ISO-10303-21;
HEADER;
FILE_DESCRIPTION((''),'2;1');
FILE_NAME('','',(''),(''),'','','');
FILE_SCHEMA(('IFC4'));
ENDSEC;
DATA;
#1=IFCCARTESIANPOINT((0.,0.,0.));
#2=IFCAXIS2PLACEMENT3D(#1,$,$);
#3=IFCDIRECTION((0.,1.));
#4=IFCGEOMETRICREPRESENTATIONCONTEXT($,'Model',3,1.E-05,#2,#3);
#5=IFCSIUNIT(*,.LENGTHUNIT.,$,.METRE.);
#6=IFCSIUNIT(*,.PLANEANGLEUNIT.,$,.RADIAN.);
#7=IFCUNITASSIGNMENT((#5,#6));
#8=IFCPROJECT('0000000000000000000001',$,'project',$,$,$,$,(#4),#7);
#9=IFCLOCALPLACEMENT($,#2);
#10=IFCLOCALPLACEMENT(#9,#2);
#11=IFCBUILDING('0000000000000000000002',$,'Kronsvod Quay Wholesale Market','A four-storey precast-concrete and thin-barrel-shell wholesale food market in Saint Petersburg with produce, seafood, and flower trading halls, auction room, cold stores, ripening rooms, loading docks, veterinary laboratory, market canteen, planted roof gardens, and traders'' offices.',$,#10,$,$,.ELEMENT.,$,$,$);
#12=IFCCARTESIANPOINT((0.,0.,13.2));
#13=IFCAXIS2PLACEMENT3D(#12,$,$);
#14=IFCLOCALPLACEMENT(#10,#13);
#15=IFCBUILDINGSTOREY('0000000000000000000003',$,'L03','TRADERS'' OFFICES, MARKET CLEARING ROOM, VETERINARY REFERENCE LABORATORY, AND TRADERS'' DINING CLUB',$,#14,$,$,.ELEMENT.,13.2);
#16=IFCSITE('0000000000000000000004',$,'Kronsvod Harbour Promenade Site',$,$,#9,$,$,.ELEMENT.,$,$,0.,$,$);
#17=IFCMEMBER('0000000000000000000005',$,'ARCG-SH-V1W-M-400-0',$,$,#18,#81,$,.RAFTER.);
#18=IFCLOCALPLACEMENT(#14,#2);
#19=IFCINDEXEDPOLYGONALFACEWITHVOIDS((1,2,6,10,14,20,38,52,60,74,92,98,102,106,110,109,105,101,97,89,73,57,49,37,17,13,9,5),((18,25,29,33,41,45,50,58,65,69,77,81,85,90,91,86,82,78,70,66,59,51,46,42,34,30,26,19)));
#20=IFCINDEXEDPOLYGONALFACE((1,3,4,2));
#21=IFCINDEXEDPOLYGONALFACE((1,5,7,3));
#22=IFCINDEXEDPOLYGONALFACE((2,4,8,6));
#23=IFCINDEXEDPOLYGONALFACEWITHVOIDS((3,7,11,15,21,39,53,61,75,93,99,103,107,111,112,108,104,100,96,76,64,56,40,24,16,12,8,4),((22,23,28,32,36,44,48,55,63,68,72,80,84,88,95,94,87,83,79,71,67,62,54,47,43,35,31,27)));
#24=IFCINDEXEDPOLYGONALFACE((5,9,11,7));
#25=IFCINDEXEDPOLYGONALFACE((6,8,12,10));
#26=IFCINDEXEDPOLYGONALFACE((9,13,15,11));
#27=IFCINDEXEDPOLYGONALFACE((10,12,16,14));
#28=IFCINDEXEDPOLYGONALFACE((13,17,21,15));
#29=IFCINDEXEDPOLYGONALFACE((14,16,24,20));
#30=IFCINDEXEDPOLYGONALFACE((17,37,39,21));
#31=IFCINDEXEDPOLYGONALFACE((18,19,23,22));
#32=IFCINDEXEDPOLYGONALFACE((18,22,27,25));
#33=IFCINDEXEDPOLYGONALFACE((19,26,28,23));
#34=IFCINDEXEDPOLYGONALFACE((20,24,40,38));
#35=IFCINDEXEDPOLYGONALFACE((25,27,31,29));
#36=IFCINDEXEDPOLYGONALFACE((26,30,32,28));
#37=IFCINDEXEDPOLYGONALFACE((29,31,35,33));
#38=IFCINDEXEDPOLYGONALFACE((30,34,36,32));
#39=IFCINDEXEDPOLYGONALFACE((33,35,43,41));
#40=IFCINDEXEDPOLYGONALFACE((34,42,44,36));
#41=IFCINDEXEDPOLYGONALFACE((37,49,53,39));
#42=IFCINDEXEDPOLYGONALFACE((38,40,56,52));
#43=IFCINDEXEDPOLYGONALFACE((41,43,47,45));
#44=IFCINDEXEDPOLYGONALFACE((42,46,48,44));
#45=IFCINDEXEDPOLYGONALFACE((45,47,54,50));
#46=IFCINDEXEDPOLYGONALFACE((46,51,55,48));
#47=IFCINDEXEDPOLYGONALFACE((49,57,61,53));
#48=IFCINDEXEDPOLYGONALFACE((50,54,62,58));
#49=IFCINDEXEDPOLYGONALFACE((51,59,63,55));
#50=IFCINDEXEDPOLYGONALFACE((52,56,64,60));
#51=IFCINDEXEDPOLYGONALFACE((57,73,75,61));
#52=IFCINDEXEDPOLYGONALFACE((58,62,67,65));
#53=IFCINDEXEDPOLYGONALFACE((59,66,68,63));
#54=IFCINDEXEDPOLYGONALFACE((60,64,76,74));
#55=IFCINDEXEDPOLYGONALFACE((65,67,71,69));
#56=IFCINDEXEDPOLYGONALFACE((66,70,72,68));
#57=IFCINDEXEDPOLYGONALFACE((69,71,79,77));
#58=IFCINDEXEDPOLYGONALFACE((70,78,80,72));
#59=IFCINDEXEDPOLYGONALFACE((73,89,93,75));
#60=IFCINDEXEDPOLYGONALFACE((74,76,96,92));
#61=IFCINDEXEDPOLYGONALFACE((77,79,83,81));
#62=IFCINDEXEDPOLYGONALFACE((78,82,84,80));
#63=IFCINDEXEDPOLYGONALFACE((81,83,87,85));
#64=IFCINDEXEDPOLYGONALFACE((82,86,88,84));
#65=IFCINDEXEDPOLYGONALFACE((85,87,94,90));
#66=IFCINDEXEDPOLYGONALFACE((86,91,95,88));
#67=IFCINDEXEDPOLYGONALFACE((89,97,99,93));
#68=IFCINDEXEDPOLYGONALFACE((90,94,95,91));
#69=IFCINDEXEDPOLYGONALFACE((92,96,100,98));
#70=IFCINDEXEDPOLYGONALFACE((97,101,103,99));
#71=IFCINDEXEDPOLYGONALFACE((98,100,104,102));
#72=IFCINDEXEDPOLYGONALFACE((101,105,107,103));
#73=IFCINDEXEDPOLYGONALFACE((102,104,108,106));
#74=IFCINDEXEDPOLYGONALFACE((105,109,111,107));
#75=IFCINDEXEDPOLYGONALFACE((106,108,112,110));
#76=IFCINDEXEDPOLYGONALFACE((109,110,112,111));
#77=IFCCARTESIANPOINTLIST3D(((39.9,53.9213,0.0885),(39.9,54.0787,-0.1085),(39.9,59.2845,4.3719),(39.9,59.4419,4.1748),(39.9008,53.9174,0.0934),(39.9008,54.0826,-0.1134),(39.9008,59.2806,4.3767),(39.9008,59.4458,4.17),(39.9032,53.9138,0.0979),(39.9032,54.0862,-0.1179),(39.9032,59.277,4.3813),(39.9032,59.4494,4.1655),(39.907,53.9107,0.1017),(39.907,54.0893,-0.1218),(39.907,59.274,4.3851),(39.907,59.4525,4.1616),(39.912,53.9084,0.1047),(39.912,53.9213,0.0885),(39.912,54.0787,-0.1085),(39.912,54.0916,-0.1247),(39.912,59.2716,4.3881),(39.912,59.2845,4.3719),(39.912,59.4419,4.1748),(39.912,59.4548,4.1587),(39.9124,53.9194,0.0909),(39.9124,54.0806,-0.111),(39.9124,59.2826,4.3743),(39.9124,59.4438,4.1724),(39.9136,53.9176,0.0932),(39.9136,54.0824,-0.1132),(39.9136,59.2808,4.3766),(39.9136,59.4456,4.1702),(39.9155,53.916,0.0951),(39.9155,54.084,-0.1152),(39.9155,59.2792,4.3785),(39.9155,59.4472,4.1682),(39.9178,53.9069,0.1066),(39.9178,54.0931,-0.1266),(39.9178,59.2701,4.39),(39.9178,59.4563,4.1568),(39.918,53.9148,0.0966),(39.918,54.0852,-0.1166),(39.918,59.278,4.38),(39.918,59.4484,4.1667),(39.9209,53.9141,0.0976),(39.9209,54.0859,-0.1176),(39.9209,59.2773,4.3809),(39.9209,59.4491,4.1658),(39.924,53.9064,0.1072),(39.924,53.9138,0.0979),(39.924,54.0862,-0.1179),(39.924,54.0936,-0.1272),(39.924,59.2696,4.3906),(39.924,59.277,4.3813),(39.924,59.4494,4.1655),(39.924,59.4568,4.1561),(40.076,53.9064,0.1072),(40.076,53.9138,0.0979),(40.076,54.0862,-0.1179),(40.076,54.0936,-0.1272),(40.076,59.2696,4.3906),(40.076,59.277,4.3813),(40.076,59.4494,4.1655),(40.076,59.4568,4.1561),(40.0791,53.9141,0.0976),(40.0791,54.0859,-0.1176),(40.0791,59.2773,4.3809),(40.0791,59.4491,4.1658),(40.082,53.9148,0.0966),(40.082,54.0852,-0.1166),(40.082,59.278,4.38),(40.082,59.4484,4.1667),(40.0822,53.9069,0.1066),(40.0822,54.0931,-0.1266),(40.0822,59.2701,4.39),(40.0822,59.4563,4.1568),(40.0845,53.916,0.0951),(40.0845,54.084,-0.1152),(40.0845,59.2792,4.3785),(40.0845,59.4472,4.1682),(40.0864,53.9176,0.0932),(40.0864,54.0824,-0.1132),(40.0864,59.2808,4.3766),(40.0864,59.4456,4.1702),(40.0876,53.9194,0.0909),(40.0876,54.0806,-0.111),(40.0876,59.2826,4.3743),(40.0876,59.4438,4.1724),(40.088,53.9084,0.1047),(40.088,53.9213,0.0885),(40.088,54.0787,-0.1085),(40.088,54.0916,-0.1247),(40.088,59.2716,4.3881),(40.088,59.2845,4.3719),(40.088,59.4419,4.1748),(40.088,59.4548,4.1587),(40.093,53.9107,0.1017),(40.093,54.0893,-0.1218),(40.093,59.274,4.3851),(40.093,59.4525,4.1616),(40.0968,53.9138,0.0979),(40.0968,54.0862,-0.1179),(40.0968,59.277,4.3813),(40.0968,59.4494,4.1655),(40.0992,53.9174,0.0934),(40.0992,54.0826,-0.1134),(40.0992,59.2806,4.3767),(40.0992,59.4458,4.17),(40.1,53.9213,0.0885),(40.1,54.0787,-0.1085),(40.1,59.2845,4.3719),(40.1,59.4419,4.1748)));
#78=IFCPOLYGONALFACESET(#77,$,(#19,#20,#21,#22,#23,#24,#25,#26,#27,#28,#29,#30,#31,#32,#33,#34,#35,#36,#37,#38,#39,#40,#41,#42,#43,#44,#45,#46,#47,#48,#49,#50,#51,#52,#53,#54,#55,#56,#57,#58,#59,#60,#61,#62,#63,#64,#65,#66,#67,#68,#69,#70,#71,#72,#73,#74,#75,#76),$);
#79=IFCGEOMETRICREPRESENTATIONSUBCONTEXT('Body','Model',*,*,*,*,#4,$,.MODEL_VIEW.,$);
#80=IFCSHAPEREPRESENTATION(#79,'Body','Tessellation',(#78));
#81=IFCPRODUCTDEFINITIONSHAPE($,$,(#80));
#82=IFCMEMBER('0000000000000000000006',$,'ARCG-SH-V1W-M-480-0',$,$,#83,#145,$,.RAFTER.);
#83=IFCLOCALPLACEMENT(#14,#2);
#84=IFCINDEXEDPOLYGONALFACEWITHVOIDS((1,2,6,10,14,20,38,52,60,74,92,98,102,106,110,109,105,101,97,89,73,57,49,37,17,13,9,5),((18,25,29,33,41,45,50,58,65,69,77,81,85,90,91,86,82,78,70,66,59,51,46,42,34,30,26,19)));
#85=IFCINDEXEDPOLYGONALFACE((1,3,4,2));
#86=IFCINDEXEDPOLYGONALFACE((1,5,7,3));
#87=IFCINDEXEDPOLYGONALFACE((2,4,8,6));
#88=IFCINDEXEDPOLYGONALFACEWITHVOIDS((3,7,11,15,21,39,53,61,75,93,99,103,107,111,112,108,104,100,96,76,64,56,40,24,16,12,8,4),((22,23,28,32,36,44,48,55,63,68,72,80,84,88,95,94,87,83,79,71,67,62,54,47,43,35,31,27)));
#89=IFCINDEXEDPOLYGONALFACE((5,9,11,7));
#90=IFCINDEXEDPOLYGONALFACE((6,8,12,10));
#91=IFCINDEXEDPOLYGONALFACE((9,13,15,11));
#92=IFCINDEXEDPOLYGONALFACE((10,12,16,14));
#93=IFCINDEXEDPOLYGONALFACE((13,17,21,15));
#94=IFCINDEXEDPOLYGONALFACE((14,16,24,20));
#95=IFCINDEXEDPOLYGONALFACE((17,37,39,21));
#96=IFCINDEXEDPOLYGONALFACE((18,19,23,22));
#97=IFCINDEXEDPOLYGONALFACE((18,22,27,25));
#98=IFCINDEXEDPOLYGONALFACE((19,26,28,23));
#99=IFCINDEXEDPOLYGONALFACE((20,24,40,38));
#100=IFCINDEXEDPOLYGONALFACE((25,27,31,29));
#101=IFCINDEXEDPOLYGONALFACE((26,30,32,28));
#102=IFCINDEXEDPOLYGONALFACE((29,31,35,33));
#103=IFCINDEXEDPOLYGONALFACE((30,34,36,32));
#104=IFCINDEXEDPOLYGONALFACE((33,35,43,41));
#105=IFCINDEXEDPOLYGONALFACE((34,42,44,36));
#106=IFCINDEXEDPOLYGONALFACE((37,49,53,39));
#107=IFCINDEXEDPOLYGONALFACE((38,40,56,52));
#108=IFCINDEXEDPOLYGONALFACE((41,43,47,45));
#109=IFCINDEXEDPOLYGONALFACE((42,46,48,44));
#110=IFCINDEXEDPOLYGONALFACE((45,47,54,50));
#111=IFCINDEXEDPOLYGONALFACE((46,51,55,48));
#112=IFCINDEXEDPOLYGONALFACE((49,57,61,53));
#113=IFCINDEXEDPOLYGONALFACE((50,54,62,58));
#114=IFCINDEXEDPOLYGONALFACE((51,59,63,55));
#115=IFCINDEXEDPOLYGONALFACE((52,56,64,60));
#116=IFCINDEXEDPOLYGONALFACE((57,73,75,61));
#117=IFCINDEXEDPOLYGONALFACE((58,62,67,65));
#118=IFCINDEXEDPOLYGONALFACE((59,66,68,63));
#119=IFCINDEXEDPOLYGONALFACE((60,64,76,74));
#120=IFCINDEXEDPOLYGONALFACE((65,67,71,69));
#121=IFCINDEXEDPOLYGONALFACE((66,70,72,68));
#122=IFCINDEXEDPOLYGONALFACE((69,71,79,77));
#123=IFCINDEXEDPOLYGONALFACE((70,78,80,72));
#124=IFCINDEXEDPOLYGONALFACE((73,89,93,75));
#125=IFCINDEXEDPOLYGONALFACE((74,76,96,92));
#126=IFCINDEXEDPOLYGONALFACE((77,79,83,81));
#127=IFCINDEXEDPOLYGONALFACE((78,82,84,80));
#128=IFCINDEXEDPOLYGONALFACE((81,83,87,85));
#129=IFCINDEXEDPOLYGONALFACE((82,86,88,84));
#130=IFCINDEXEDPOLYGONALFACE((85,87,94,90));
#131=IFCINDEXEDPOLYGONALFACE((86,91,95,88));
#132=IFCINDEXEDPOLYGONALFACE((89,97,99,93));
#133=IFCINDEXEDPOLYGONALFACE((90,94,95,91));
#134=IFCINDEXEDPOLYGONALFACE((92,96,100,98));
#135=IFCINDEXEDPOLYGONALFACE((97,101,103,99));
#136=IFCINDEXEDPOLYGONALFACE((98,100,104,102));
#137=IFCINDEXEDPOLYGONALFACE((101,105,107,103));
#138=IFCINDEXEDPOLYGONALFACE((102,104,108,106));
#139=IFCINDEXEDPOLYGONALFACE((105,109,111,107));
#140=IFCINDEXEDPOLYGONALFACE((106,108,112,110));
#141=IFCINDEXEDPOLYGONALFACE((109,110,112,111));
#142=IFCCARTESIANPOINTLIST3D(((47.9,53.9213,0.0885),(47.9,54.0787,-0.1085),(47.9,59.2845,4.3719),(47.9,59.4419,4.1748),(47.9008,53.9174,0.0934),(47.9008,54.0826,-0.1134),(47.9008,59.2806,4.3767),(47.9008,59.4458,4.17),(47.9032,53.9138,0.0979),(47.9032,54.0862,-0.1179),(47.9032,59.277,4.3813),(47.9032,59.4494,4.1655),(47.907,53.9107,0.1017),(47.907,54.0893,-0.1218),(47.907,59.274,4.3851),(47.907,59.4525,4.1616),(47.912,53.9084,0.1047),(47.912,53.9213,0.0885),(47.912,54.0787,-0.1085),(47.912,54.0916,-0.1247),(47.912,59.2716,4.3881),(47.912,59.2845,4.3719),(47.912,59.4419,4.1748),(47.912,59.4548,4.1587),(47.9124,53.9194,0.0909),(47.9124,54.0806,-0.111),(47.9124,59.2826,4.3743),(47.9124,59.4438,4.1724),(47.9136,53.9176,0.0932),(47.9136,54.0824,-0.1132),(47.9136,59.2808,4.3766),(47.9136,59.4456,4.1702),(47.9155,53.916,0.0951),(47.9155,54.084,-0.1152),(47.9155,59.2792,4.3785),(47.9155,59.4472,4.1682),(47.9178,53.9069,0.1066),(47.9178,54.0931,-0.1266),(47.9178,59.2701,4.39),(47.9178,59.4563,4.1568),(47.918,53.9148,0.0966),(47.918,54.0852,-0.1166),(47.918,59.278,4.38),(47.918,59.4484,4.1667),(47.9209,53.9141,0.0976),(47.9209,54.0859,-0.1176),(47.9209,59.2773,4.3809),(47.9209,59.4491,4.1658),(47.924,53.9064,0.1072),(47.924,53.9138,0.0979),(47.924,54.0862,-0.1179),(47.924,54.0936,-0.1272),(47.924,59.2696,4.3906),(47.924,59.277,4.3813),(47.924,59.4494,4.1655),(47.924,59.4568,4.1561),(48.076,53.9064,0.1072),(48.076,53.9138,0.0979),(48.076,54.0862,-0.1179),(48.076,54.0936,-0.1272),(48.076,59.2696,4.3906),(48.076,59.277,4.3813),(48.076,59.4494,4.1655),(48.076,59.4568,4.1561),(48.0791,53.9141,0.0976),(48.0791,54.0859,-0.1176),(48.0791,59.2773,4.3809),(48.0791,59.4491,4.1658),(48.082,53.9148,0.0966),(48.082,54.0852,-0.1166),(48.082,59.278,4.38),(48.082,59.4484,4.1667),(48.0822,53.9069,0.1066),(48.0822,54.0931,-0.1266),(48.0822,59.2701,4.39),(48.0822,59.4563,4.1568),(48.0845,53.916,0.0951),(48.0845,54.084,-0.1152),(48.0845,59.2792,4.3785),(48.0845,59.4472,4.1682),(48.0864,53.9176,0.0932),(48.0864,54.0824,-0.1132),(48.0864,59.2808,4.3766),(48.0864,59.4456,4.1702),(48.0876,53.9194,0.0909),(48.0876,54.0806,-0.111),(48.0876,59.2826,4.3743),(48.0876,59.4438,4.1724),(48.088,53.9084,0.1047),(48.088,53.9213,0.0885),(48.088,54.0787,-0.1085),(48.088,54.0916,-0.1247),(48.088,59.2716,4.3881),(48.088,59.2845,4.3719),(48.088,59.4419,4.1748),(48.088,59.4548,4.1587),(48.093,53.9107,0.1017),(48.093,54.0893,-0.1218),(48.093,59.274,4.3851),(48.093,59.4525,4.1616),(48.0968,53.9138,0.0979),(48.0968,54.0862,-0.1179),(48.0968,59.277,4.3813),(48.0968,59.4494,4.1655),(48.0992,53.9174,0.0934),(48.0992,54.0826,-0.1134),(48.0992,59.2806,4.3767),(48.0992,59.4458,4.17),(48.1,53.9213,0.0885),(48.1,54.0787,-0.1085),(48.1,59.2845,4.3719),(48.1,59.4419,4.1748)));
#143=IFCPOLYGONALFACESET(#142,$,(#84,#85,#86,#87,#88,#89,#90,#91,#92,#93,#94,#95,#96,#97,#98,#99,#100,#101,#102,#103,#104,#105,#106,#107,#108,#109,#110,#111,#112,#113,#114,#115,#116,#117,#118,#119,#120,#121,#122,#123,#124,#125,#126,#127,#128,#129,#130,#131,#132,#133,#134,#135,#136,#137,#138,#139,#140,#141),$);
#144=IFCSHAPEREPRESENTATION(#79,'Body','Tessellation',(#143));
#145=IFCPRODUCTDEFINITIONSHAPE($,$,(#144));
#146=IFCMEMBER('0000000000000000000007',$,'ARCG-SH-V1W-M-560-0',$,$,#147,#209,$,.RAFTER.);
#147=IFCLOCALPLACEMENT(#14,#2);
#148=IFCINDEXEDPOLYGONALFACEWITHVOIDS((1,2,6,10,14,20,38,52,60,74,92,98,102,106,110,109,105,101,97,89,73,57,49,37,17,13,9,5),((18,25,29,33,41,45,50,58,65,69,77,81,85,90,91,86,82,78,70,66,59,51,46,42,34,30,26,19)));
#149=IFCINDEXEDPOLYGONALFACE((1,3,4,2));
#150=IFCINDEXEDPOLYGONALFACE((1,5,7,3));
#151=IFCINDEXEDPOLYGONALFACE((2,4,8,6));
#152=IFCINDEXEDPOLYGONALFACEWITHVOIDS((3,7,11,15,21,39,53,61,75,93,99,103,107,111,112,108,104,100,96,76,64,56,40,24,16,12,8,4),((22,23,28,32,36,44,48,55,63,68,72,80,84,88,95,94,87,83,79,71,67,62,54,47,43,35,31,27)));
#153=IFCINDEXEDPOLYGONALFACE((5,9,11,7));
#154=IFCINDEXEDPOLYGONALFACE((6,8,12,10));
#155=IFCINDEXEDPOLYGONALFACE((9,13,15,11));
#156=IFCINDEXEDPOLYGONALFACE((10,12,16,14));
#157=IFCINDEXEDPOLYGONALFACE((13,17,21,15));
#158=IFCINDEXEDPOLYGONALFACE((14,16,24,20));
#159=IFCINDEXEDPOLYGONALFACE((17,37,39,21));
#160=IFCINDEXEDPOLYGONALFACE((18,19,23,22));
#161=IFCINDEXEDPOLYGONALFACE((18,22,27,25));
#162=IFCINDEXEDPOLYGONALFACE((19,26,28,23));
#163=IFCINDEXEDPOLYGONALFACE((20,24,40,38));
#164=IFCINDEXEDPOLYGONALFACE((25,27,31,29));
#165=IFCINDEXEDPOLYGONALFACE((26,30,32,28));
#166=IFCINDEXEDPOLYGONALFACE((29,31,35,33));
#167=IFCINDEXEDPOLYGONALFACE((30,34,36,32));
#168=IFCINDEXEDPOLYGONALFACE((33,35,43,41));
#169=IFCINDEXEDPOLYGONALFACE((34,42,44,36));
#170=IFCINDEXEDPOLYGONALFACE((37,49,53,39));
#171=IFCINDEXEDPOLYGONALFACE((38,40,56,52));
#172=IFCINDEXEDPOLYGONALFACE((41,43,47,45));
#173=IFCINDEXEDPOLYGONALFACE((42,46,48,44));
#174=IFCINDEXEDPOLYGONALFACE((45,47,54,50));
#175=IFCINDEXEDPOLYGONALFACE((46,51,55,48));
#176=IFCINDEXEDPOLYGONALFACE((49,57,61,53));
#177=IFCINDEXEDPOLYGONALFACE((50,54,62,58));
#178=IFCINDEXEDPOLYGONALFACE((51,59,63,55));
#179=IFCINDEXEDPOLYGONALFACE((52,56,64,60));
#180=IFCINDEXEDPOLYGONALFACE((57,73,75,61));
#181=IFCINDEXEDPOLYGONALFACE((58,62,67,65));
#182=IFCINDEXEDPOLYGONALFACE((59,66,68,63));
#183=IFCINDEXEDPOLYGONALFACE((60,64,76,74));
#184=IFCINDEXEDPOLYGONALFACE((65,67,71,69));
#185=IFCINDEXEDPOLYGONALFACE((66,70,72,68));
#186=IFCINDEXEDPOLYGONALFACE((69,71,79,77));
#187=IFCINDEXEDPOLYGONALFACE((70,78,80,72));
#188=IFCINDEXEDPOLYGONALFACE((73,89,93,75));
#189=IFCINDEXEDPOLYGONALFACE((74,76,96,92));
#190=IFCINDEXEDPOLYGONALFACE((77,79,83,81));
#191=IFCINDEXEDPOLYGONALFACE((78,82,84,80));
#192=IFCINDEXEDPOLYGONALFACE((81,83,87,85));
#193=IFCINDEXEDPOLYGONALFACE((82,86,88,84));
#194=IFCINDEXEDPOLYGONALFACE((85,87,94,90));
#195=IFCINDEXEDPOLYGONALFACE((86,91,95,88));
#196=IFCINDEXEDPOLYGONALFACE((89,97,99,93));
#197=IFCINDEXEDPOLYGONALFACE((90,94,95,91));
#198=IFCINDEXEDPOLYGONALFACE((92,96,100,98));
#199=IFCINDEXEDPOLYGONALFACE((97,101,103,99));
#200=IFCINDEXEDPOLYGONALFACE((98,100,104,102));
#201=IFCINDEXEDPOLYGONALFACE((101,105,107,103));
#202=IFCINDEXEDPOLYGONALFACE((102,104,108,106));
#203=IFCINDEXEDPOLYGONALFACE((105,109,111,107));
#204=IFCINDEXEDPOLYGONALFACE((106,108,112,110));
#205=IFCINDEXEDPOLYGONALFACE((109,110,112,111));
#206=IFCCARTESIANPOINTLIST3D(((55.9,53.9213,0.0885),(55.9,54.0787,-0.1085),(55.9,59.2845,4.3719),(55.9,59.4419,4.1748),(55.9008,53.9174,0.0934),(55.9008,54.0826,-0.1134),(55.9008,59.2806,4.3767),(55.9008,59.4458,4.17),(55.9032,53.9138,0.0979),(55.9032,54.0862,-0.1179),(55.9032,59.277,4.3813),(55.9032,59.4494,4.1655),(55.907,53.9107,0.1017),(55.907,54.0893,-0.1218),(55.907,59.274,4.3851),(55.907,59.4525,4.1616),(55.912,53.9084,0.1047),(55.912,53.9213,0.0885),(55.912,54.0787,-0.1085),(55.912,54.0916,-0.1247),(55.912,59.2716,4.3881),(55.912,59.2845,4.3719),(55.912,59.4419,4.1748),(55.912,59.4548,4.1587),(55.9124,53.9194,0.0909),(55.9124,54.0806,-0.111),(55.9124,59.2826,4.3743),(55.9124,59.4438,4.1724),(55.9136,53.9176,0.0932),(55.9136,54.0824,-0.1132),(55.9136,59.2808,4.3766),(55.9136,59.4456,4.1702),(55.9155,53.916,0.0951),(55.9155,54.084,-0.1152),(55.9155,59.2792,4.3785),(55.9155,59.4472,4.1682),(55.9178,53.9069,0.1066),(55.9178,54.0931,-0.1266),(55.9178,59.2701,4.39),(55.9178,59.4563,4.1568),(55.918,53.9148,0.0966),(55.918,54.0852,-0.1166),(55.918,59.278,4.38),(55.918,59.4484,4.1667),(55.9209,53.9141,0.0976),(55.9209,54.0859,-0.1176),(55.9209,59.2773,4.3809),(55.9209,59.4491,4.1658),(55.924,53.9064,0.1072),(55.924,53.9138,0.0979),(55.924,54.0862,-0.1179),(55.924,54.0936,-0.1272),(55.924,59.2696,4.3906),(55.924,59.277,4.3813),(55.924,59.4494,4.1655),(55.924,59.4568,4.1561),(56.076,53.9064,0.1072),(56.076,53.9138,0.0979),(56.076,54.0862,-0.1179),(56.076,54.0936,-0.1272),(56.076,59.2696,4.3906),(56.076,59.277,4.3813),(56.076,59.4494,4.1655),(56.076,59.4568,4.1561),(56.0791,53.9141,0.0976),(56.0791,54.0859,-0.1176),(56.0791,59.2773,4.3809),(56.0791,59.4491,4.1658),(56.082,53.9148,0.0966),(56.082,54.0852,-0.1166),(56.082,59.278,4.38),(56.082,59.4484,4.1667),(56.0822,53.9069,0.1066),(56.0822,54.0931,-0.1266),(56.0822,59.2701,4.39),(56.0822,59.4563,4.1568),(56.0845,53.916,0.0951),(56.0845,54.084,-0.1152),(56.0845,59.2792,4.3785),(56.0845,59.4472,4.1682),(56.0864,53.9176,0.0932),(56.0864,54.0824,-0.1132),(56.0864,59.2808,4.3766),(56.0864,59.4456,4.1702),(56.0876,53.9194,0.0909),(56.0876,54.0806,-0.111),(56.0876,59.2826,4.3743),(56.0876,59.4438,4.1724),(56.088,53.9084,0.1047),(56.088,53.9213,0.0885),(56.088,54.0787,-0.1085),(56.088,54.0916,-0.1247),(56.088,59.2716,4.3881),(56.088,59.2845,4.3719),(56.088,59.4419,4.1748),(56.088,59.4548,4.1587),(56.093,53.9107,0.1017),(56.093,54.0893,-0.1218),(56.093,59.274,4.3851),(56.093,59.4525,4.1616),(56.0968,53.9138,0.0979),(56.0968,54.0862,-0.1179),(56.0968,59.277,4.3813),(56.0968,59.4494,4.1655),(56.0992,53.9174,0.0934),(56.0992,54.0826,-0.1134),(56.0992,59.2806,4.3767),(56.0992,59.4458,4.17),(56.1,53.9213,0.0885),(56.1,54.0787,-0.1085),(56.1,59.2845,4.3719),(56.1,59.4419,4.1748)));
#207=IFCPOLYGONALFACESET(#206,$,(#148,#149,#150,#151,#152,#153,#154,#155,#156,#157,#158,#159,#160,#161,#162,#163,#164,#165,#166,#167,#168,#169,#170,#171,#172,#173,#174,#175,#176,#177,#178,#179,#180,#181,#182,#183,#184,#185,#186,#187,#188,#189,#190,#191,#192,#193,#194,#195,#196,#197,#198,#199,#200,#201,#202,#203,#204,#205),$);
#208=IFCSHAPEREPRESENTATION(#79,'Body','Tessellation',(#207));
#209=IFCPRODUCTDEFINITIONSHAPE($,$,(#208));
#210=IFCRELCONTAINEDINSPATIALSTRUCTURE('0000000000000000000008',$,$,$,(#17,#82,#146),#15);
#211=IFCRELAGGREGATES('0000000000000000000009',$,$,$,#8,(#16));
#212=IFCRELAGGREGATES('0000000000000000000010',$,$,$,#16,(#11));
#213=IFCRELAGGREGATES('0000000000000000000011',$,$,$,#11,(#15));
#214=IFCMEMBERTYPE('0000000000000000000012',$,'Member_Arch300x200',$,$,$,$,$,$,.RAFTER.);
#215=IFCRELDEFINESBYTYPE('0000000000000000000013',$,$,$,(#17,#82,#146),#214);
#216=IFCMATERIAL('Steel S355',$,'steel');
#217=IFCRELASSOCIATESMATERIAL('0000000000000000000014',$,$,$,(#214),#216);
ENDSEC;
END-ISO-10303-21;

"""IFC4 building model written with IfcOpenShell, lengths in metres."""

from ifc_helpers import new_model, si_unit, direction, frame, origin, origin_2d, place, context, subcontext, project, spatial, hollow_rectangle, extrude, material, material_profile, profile_set, type_object, element, save


model = new_model("IFC4")

# Units and contexts
model_context = context("Model", 3, precision=1e-05, world=origin(), true_north=direction((0.0, 1.0)))
body_context = subcontext(model_context, "Body", "Model", "MODEL_VIEW")
ifc_project = project(units=[si_unit("LENGTHUNIT", "METRE"), si_unit("PLANEANGLEUNIT", "RADIAN")], contexts=[model_context])

# Site, building, storey
site_placement = place(None, origin())
site = spatial("IfcSite", under=ifc_project, at=site_placement, Name="Kronsvod Harbour Promenade Site", CompositionType="ELEMENT", RefElevation=0.0)
building_placement = place(site_placement, origin())
building = spatial("IfcBuilding", under=site, at=building_placement, Name="Kronsvod Quay Wholesale Market", Description="A four-storey precast-concrete and thin-barrel-shell wholesale food market in Saint Petersburg with produce, seafood, and flower trading halls, auction room, cold stores, ripening rooms, loading docks, veterinary laboratory, market canteen, planted roof gardens, and traders' offices.", CompositionType="ELEMENT")
storey_placement = place(building_placement, frame((0.0, 0.0, 13.2)))
storey = spatial("IfcBuildingStorey", under=building, at=storey_placement, Name="L03", Description="TRADERS' OFFICES, MARKET CLEARING ROOM, VETERINARY REFERENCE LABORATORY, AND TRADERS' DINING CLUB", CompositionType="ELEMENT", Elevation=13.2)

# Members
ifc_material_1 = material(Name="Steel S355", Category="steel")
ifc_material_profile_1 = material_profile(ifc_material_1, hollow_rectangle(XDim=0.2, YDim=0.3, WallThickness=0.012, InnerFilletRadius=0.012, OuterFilletRadius=0.0239, at=origin_2d()), Name="RHS300x200x12")
ifc_profile_set_1 = profile_set([ifc_material_profile_1], Name="Steel S355")
member_type_1 = type_object("IfcMemberType", Name="Member_Arch300x200", PredefinedType="RAFTER", material=ifc_profile_set_1)
for number, where, z_axis, x_axis, name in (
    (1, (40.0, 54.0, -0.01), (0.0, 0.781379, 0.624057), (-1.0, 0.0, 0.0), "ARCG-SH-V1W-M-400-0"),
    (2, (48.0, 54.0, -0.01), (0.0, 0.781379, 0.624057), (-1.0, 0.0, 0.0), "ARCG-SH-V1W-M-480-0"),
    (3, (56.0, 54.0, -0.01), (0.0, 0.781379, 0.624057), (-1.0, 0.0, 0.0), "ARCG-SH-V1W-M-560-0"),
):
    element("IfcMember", number, at=place(storey_placement, frame(where, z_axis=z_axis, x_axis=x_axis)), inside=storey, type_object=member_type_1, Name=name, PredefinedType="RAFTER", context=body_context, shape_type="SweptSolid", body=[
        extrude(hollow_rectangle(XDim=0.2, YDim=0.3, WallThickness=0.012, InnerFilletRadius=0.012, OuterFilletRadius=0.0239, at=origin_2d()), origin(), (0.0, 0.0, 1.0), 6.8638),
    ])

save(model, "model.ifc")
